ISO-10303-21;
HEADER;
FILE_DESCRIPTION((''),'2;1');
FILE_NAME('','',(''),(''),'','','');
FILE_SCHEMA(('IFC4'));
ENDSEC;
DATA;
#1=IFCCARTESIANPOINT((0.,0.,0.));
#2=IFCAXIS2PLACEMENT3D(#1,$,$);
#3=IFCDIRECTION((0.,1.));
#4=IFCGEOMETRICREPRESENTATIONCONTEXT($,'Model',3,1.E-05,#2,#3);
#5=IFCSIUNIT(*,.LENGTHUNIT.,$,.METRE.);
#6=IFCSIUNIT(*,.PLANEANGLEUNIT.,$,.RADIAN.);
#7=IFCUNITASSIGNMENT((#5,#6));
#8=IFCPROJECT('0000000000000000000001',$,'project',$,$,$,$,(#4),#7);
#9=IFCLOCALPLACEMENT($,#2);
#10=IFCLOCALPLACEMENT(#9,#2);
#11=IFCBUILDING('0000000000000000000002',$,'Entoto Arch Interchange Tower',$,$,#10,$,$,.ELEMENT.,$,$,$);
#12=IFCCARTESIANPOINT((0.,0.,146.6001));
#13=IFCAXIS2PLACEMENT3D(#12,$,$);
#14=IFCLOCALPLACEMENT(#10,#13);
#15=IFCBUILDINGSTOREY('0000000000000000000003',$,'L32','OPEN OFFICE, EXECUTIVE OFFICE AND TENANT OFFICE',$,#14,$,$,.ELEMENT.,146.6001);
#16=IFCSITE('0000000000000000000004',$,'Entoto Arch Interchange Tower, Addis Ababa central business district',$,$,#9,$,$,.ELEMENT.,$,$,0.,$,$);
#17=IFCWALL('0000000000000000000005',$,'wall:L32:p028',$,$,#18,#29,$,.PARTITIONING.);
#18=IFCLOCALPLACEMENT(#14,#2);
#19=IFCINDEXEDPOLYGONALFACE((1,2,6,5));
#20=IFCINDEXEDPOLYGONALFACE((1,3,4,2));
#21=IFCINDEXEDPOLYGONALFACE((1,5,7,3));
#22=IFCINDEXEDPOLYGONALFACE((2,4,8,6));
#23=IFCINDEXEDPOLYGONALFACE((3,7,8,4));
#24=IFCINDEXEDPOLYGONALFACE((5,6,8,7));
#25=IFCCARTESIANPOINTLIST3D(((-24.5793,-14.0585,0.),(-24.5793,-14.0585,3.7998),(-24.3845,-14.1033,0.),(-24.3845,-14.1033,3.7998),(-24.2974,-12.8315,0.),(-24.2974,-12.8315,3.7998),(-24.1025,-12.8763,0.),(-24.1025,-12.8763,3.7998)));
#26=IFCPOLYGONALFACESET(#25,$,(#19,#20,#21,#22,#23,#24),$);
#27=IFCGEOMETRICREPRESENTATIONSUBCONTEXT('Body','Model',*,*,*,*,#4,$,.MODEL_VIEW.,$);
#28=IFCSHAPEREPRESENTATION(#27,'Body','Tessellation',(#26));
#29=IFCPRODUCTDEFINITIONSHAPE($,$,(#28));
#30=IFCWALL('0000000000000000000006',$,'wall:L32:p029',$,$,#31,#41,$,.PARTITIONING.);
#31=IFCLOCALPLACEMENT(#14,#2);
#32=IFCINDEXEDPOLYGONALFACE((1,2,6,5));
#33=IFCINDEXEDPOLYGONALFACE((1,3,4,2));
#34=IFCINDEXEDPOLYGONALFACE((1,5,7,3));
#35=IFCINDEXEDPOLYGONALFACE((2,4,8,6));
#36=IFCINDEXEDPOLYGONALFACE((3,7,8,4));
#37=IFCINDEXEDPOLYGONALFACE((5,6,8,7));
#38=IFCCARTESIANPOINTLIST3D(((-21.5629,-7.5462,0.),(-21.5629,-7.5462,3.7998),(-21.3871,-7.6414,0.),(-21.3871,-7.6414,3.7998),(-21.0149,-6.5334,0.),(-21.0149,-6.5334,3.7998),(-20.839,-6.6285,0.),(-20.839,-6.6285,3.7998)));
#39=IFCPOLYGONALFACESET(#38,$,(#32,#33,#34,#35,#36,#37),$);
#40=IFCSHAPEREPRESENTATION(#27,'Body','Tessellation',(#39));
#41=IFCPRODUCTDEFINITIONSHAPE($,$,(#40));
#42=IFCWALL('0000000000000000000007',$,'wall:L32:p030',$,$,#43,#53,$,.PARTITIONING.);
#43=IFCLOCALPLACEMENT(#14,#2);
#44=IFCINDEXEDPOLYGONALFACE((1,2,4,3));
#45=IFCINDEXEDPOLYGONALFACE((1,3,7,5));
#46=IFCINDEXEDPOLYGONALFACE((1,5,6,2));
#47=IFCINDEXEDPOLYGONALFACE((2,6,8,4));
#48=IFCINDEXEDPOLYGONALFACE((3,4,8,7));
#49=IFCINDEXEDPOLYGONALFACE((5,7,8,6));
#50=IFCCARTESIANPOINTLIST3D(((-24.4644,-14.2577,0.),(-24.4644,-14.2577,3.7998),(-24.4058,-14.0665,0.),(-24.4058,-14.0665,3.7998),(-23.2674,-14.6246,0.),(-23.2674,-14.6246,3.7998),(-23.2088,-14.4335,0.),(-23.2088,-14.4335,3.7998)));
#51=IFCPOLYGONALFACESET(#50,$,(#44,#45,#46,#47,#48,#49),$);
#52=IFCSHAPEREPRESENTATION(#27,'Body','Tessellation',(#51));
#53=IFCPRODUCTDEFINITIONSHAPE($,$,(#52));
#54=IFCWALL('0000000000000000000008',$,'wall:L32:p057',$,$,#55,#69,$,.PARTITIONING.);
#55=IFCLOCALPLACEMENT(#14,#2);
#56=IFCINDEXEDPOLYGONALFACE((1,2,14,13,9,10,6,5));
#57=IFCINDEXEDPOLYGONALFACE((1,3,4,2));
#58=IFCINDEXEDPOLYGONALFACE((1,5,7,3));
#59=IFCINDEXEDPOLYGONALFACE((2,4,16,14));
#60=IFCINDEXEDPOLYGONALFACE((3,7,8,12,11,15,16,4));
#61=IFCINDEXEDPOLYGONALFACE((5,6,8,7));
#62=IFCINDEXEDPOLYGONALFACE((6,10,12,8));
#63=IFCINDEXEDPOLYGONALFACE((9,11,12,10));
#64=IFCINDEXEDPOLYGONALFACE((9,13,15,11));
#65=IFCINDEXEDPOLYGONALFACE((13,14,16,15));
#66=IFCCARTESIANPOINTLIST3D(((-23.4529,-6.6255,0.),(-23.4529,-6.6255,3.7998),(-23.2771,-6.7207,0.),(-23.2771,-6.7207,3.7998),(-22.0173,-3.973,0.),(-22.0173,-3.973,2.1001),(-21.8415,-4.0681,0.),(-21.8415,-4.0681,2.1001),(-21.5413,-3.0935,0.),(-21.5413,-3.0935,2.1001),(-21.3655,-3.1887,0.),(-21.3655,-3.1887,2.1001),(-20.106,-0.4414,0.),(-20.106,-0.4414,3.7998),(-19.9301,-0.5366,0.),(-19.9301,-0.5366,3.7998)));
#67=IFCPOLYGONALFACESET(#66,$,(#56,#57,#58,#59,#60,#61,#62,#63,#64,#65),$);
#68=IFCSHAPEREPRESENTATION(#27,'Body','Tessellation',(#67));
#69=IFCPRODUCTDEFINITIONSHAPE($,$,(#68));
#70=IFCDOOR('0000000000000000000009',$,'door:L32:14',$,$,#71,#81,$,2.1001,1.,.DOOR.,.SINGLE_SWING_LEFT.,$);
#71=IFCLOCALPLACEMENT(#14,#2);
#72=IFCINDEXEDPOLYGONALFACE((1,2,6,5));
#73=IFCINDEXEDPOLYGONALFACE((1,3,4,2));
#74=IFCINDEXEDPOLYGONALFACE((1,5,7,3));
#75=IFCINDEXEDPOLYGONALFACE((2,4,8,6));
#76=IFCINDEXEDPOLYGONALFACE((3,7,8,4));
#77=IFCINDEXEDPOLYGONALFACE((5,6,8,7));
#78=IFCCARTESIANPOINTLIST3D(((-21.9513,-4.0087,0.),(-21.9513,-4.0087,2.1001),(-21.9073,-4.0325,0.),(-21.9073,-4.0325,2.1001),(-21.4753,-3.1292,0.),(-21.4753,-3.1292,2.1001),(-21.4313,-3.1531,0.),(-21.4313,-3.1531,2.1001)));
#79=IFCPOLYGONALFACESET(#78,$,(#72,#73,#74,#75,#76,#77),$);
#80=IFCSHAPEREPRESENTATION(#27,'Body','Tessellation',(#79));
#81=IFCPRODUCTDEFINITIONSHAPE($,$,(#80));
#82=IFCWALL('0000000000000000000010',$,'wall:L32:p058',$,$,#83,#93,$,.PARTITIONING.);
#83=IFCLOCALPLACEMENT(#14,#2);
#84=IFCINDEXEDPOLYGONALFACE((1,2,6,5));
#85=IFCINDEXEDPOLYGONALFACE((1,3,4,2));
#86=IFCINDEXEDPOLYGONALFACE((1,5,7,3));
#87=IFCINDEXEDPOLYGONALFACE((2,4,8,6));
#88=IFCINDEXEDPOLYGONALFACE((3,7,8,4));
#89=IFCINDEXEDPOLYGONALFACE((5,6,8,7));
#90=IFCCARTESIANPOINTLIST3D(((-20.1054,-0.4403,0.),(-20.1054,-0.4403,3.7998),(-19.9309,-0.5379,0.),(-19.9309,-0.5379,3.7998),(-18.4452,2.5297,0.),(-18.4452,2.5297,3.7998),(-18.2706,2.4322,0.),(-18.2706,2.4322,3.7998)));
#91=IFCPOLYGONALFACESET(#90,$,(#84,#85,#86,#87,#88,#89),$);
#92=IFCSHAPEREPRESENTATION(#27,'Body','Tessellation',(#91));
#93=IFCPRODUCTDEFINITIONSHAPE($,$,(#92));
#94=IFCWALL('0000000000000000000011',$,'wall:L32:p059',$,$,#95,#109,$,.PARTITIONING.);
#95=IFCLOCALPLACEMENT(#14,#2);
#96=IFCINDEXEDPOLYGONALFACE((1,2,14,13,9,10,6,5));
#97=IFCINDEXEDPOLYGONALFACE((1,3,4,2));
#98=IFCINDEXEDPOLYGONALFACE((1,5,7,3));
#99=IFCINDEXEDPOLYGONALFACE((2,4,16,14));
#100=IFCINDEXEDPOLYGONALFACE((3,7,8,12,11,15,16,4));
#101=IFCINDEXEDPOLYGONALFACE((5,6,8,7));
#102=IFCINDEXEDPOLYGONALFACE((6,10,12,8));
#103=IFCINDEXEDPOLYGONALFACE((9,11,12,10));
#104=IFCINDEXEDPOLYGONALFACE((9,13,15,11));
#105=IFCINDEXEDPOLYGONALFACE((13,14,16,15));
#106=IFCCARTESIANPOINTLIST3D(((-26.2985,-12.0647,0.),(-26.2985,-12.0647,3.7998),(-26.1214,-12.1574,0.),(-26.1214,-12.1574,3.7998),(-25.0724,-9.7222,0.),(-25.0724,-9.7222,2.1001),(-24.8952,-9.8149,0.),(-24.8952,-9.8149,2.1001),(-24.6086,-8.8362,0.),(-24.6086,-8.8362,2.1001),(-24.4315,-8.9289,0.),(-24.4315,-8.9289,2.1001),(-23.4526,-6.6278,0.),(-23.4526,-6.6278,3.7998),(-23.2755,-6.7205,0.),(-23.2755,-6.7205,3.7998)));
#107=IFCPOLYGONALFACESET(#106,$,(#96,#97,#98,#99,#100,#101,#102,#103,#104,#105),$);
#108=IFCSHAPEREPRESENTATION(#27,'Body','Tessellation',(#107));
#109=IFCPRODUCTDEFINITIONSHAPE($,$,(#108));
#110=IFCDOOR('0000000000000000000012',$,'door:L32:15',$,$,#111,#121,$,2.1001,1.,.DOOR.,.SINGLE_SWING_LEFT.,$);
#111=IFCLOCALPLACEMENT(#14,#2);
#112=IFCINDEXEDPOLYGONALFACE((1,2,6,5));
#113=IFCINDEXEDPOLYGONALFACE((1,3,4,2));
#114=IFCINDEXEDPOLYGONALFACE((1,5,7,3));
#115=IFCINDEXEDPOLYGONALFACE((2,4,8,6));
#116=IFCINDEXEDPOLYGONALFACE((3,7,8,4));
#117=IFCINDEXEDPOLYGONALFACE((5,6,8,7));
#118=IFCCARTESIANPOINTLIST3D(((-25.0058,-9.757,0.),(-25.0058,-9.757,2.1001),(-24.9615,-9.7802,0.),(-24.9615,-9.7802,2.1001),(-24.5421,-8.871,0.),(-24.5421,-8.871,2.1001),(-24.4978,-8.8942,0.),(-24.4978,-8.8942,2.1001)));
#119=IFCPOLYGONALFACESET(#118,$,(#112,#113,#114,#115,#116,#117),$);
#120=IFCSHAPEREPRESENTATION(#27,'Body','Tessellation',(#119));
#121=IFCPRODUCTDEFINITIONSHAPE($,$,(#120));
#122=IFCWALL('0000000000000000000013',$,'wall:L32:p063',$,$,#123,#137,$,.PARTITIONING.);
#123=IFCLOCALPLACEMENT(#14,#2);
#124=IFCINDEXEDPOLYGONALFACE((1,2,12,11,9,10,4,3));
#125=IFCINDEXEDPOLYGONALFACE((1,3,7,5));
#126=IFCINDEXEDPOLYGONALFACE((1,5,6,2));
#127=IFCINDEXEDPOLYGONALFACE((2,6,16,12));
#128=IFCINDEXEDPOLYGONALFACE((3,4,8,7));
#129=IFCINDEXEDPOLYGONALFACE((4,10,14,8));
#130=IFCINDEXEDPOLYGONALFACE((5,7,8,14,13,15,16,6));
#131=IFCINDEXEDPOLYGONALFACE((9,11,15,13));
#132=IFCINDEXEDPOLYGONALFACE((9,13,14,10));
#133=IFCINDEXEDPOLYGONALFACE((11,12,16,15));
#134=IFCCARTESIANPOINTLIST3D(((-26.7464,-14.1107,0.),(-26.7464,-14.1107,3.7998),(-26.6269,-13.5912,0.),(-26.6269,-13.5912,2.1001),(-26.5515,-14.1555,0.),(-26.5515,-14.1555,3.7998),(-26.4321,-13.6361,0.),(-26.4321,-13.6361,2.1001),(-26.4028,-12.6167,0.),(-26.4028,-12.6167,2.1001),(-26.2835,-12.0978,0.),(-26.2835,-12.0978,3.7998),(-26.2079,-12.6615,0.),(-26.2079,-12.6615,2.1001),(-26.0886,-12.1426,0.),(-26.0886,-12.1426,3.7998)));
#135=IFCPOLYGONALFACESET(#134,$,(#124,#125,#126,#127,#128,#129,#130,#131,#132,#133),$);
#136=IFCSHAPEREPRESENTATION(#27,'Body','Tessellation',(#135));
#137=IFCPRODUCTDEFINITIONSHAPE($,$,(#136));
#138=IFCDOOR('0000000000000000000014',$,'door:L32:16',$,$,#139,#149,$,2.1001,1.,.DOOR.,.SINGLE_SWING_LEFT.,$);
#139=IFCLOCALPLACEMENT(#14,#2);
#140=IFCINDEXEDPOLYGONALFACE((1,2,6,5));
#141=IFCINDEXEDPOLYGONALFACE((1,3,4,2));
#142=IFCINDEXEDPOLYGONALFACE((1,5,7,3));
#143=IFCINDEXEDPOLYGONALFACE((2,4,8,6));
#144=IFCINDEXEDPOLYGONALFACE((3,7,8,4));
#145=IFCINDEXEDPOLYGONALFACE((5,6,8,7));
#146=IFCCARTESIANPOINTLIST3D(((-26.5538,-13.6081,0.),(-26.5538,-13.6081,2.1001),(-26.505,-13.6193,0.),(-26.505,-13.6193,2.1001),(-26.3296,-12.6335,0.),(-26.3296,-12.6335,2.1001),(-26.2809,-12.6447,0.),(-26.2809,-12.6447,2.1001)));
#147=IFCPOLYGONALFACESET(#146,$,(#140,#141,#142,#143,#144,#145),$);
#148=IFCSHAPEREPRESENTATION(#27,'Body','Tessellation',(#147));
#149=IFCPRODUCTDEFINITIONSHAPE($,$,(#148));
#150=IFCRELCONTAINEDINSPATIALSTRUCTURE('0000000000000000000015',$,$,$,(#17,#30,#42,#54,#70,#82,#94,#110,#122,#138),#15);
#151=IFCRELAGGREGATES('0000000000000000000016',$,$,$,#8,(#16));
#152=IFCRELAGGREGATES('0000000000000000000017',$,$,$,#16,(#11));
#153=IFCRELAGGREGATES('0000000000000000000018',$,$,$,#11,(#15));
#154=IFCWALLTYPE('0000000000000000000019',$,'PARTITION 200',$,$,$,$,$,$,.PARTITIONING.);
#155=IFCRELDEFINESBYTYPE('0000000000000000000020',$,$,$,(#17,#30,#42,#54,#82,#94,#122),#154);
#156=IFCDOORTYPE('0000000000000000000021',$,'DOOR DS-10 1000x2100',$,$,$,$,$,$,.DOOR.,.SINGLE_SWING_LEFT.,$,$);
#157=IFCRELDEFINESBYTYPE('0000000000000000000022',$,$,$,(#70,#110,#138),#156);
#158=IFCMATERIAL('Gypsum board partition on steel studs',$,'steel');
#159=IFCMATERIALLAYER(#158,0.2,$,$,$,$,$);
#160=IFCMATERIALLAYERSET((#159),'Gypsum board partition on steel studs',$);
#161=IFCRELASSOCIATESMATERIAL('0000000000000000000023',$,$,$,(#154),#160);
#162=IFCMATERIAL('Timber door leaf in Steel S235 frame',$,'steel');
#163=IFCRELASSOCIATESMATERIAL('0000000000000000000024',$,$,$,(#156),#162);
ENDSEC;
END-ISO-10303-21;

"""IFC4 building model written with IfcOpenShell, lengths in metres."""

from ifc_helpers import new_model, si_unit, direction, frame, frame_2d, origin, place, context, subcontext, project, spatial, rectangle, extrude, material, layer, layer_set, type_object, element, fill, save


model = new_model("IFC4")

# Units and contexts
model_context = context("Model", 3, precision=1e-05, world=origin(), true_north=direction((0.0, 1.0)))
body_context = subcontext(model_context, "Body", "Model", "MODEL_VIEW")
ifc_project = project(units=[si_unit("LENGTHUNIT", "METRE"), si_unit("PLANEANGLEUNIT", "RADIAN")], contexts=[model_context])

# Site, building, storey
site_placement = place(None, origin())
site = spatial("IfcSite", under=ifc_project, at=site_placement, Name="Entoto Arch Interchange Tower, Addis Ababa central business district", CompositionType="ELEMENT", RefElevation=0.0)
building_placement = place(site_placement, origin())
building = spatial("IfcBuilding", under=site, at=building_placement, Name="Entoto Arch Interchange Tower", CompositionType="ELEMENT")
storey_placement = place(building_placement, frame((0.0, 0.0, 146.6001)))
storey = spatial("IfcBuildingStorey", under=building, at=storey_placement, Name="L32", Description="OPEN OFFICE, EXECUTIVE OFFICE AND TENANT OFFICE", CompositionType="ELEMENT", Elevation=146.6001)

# Shared definitions
ifc_material_1 = material(Name="Gypsum board partition on steel studs", Category="steel")

# Shared definitions
ifc_layer_1 = layer(ifc_material_1, 0.2)
ifc_layer_set_1 = layer_set([ifc_layer_1], Name="Gypsum board partition on steel studs")
wall_type_1 = type_object("IfcWallType", Name="PARTITION 200", PredefinedType="PARTITIONING", material=ifc_layer_set_1)
ifc_material_2 = material(Name="Timber door leaf in Steel S235 frame", Category="steel")
door_type = type_object("IfcDoorType", Name="DOOR DS-10 1000x2100", OperationType="SINGLE_SWING_LEFT", PredefinedType="DOOR", material=ifc_material_2)

# Walls
wall_1_placement = place(storey_placement, frame((-24.2, -12.854, 0.0), z_axis=(0.0, 0.0, 1.0), x_axis=(-0.223967, -0.974597, 0.0)))
element("IfcWall", 1, at=wall_1_placement, inside=storey, type_object=wall_type_1, Name="wall:L32:p028", PredefinedType="PARTITIONING", context=body_context, shape_type="SweptSolid", body=[
    extrude(rectangle(XDim=1.259, YDim=0.2, at=frame_2d((0.6294, 0.0))), origin(), (0.0, 0.0, 1.0), 3.7998),
])
wall_2_placement = place(storey_placement, frame((-20.927, -6.5811, 0.0), z_axis=(0.0, 0.0, 1.0), x_axis=(-0.475894, -0.879503, 0.0)))
element("IfcWall", 2, at=wall_2_placement, inside=storey, type_object=wall_type_1, Name="wall:L32:p029", PredefinedType="PARTITIONING", context=body_context, shape_type="SweptSolid", body=[
    extrude(rectangle(XDim=1.1516, YDim=0.2, at=frame_2d((0.5757, 0.0))), origin(), (0.0, 0.0, 1.0), 3.7998),
])
wall_3_placement = place(storey_placement, frame((-24.4351, -14.1621, 0.0), z_axis=(0.0, 0.0, 1.0), x_axis=(0.956086, -0.293085, 0.0)))
element("IfcWall", 3, at=wall_3_placement, inside=storey, type_object=wall_type_1, Name="wall:L32:p030", PredefinedType="PARTITIONING", context=body_context, shape_type="SweptSolid", body=[
    extrude(rectangle(XDim=1.252, YDim=0.2, at=frame_2d((0.626, 0.0))), origin(), (0.0, 0.0, 1.0), 3.7998),
])

# Wall, opening, door
wall_4_placement = place(storey_placement, frame((-23.365, -6.6731, 0.0), z_axis=(0.0, 0.0, 1.0), x_axis=(0.475977, 0.879458, 0.0)))
wall_4 = element("IfcWall", 4, at=wall_4_placement, inside=storey, type_object=wall_type_1, Name="wall:L32:p057", PredefinedType="PARTITIONING", context=body_context, shape_type="SweptSolid", body=[
    extrude(rectangle(XDim=7.0317, YDim=0.2, at=frame_2d((3.5159, 0.0))), origin(), (0.0, 0.0, 1.0), 3.7998),
])
opening_1_placement = place(wall_4_placement, frame((3.0161, 0.0, 0.0)))
opening_1 = element("IfcOpeningElement", 5, at=opening_1_placement, cuts=wall_4, PredefinedType="OPENING", context=body_context, shape_type="SweptSolid", body=[
    extrude(rectangle(XDim=1.0, YDim=2.1001, at=frame_2d((0.5, 1.05))), frame((0.0, 0.1099, 0.0), z_axis=(0.0, -1.0, 0.0), x_axis=(1.0, 0.0, 0.0)), (0.0, 0.0, 1.0), 0.22),
])
door_1_placement = place(opening_1_placement, origin())
door_1 = element("IfcDoor", 6, at=door_1_placement, inside=storey, type_object=door_type, Name="door:L32:14", OperationType="SINGLE_SWING_LEFT", OverallHeight=2.1001, OverallWidth=1.0, PredefinedType="DOOR", context=body_context, shape_type="SweptSolid", body=[
    extrude(rectangle(XDim=1.0, YDim=2.1001, at=frame_2d((0.5, 1.05))), frame((0.0, 0.0249, 0.0), z_axis=(0.0, -1.0, 0.0), x_axis=(1.0, 0.0, 0.0)), (0.0, 0.0, 1.0), 0.05),
])
fill(opening_1, door_1)

# Wall
wall_5_placement = place(storey_placement, frame((-20.0181, -0.489, 0.0), z_axis=(0.0, 0.0, 1.0), x_axis=(0.487926, 0.872885, 0.0)))
element("IfcWall", 7, at=wall_5_placement, inside=storey, type_object=wall_type_1, Name="wall:L32:p058", PredefinedType="PARTITIONING", context=body_context, shape_type="SweptSolid", body=[
    extrude(rectangle(XDim=3.4026, YDim=0.2, at=frame_2d((1.7012, 0.0))), origin(), (0.0, 0.0, 1.0), 3.7998),
])

# Walls, openings, doors
wall_6_placement = place(storey_placement, frame((-26.21, -12.1111, 0.0), z_axis=(0.0, 0.0, 1.0), x_axis=(0.46375, 0.885966, 0.0)))
wall_6 = element("IfcWall", 8, at=wall_6_placement, inside=storey, type_object=wall_type_1, Name="wall:L32:p059", PredefinedType="PARTITIONING", context=body_context, shape_type="SweptSolid", body=[
    extrude(rectangle(XDim=6.1367, YDim=0.2, at=frame_2d((3.0684, 0.0))), origin(), (0.0, 0.0, 1.0), 3.7998),
])
opening_2_placement = place(wall_6_placement, frame((2.644, 0.0, 0.0)))
opening_2 = element("IfcOpeningElement", 9, at=opening_2_placement, cuts=wall_6, PredefinedType="OPENING", context=body_context, shape_type="SweptSolid", body=[
    extrude(rectangle(XDim=1.0, YDim=2.1001, at=frame_2d((0.5, 1.05))), frame((0.0, 0.1099, 0.0), z_axis=(0.0, -1.0, 0.0), x_axis=(1.0, 0.0, 0.0)), (0.0, 0.0, 1.0), 0.22),
])
door_2_placement = place(opening_2_placement, origin())
door_2 = element("IfcDoor", 10, at=door_2_placement, inside=storey, type_object=door_type, Name="door:L32:15", OperationType="SINGLE_SWING_LEFT", OverallHeight=2.1001, OverallWidth=1.0, PredefinedType="DOOR", context=body_context, shape_type="SweptSolid", body=[
    extrude(rectangle(XDim=1.0, YDim=2.1001, at=frame_2d((0.5, 1.05))), frame((0.0, 0.0249, 0.0), z_axis=(0.0, -1.0, 0.0), x_axis=(1.0, 0.0, 0.0)), (0.0, 0.0, 1.0), 0.05),
])
fill(opening_2, door_2)
wall_7_placement = place(storey_placement, frame((-26.6489, -14.1331, 0.0), z_axis=(0.0, 0.0, 1.0), x_axis=(0.224108, 0.974564, 0.0)))
wall_7 = element("IfcWall", 11, at=wall_7_placement, inside=storey, type_object=wall_type_1, Name="wall:L32:p063", PredefinedType="PARTITIONING", context=body_context, shape_type="SweptSolid", body=[
    extrude(rectangle(XDim=2.0654, YDim=0.2, at=frame_2d((1.0327, 0.0))), origin(), (0.0, 0.0, 1.0), 3.7998),
])
opening_3_placement = place(wall_7_placement, frame((0.533, 0.0, 0.0)))
opening_3 = element("IfcOpeningElement", 12, at=opening_3_placement, cuts=wall_7, PredefinedType="OPENING", context=body_context, shape_type="SweptSolid", body=[
    extrude(rectangle(XDim=1.0, YDim=2.1001, at=frame_2d((0.5, 1.05))), frame((0.0, 0.1099, 0.0), z_axis=(0.0, -1.0, 0.0), x_axis=(1.0, 0.0, 0.0)), (0.0, 0.0, 1.0), 0.22),
])
door_3_placement = place(opening_3_placement, origin())
door_3 = element("IfcDoor", 13, at=door_3_placement, inside=storey, type_object=door_type, Name="door:L32:16", OperationType="SINGLE_SWING_LEFT", OverallHeight=2.1001, OverallWidth=1.0, PredefinedType="DOOR", context=body_context, shape_type="SweptSolid", body=[
    extrude(rectangle(XDim=1.0, YDim=2.1001, at=frame_2d((0.5, 1.05))), frame((0.0, 0.0249, 0.0), z_axis=(0.0, -1.0, 0.0), x_axis=(1.0, 0.0, 0.0)), (0.0, 0.0, 1.0), 0.05),
])
fill(opening_3, door_3)

save(model, "model.ifc")
